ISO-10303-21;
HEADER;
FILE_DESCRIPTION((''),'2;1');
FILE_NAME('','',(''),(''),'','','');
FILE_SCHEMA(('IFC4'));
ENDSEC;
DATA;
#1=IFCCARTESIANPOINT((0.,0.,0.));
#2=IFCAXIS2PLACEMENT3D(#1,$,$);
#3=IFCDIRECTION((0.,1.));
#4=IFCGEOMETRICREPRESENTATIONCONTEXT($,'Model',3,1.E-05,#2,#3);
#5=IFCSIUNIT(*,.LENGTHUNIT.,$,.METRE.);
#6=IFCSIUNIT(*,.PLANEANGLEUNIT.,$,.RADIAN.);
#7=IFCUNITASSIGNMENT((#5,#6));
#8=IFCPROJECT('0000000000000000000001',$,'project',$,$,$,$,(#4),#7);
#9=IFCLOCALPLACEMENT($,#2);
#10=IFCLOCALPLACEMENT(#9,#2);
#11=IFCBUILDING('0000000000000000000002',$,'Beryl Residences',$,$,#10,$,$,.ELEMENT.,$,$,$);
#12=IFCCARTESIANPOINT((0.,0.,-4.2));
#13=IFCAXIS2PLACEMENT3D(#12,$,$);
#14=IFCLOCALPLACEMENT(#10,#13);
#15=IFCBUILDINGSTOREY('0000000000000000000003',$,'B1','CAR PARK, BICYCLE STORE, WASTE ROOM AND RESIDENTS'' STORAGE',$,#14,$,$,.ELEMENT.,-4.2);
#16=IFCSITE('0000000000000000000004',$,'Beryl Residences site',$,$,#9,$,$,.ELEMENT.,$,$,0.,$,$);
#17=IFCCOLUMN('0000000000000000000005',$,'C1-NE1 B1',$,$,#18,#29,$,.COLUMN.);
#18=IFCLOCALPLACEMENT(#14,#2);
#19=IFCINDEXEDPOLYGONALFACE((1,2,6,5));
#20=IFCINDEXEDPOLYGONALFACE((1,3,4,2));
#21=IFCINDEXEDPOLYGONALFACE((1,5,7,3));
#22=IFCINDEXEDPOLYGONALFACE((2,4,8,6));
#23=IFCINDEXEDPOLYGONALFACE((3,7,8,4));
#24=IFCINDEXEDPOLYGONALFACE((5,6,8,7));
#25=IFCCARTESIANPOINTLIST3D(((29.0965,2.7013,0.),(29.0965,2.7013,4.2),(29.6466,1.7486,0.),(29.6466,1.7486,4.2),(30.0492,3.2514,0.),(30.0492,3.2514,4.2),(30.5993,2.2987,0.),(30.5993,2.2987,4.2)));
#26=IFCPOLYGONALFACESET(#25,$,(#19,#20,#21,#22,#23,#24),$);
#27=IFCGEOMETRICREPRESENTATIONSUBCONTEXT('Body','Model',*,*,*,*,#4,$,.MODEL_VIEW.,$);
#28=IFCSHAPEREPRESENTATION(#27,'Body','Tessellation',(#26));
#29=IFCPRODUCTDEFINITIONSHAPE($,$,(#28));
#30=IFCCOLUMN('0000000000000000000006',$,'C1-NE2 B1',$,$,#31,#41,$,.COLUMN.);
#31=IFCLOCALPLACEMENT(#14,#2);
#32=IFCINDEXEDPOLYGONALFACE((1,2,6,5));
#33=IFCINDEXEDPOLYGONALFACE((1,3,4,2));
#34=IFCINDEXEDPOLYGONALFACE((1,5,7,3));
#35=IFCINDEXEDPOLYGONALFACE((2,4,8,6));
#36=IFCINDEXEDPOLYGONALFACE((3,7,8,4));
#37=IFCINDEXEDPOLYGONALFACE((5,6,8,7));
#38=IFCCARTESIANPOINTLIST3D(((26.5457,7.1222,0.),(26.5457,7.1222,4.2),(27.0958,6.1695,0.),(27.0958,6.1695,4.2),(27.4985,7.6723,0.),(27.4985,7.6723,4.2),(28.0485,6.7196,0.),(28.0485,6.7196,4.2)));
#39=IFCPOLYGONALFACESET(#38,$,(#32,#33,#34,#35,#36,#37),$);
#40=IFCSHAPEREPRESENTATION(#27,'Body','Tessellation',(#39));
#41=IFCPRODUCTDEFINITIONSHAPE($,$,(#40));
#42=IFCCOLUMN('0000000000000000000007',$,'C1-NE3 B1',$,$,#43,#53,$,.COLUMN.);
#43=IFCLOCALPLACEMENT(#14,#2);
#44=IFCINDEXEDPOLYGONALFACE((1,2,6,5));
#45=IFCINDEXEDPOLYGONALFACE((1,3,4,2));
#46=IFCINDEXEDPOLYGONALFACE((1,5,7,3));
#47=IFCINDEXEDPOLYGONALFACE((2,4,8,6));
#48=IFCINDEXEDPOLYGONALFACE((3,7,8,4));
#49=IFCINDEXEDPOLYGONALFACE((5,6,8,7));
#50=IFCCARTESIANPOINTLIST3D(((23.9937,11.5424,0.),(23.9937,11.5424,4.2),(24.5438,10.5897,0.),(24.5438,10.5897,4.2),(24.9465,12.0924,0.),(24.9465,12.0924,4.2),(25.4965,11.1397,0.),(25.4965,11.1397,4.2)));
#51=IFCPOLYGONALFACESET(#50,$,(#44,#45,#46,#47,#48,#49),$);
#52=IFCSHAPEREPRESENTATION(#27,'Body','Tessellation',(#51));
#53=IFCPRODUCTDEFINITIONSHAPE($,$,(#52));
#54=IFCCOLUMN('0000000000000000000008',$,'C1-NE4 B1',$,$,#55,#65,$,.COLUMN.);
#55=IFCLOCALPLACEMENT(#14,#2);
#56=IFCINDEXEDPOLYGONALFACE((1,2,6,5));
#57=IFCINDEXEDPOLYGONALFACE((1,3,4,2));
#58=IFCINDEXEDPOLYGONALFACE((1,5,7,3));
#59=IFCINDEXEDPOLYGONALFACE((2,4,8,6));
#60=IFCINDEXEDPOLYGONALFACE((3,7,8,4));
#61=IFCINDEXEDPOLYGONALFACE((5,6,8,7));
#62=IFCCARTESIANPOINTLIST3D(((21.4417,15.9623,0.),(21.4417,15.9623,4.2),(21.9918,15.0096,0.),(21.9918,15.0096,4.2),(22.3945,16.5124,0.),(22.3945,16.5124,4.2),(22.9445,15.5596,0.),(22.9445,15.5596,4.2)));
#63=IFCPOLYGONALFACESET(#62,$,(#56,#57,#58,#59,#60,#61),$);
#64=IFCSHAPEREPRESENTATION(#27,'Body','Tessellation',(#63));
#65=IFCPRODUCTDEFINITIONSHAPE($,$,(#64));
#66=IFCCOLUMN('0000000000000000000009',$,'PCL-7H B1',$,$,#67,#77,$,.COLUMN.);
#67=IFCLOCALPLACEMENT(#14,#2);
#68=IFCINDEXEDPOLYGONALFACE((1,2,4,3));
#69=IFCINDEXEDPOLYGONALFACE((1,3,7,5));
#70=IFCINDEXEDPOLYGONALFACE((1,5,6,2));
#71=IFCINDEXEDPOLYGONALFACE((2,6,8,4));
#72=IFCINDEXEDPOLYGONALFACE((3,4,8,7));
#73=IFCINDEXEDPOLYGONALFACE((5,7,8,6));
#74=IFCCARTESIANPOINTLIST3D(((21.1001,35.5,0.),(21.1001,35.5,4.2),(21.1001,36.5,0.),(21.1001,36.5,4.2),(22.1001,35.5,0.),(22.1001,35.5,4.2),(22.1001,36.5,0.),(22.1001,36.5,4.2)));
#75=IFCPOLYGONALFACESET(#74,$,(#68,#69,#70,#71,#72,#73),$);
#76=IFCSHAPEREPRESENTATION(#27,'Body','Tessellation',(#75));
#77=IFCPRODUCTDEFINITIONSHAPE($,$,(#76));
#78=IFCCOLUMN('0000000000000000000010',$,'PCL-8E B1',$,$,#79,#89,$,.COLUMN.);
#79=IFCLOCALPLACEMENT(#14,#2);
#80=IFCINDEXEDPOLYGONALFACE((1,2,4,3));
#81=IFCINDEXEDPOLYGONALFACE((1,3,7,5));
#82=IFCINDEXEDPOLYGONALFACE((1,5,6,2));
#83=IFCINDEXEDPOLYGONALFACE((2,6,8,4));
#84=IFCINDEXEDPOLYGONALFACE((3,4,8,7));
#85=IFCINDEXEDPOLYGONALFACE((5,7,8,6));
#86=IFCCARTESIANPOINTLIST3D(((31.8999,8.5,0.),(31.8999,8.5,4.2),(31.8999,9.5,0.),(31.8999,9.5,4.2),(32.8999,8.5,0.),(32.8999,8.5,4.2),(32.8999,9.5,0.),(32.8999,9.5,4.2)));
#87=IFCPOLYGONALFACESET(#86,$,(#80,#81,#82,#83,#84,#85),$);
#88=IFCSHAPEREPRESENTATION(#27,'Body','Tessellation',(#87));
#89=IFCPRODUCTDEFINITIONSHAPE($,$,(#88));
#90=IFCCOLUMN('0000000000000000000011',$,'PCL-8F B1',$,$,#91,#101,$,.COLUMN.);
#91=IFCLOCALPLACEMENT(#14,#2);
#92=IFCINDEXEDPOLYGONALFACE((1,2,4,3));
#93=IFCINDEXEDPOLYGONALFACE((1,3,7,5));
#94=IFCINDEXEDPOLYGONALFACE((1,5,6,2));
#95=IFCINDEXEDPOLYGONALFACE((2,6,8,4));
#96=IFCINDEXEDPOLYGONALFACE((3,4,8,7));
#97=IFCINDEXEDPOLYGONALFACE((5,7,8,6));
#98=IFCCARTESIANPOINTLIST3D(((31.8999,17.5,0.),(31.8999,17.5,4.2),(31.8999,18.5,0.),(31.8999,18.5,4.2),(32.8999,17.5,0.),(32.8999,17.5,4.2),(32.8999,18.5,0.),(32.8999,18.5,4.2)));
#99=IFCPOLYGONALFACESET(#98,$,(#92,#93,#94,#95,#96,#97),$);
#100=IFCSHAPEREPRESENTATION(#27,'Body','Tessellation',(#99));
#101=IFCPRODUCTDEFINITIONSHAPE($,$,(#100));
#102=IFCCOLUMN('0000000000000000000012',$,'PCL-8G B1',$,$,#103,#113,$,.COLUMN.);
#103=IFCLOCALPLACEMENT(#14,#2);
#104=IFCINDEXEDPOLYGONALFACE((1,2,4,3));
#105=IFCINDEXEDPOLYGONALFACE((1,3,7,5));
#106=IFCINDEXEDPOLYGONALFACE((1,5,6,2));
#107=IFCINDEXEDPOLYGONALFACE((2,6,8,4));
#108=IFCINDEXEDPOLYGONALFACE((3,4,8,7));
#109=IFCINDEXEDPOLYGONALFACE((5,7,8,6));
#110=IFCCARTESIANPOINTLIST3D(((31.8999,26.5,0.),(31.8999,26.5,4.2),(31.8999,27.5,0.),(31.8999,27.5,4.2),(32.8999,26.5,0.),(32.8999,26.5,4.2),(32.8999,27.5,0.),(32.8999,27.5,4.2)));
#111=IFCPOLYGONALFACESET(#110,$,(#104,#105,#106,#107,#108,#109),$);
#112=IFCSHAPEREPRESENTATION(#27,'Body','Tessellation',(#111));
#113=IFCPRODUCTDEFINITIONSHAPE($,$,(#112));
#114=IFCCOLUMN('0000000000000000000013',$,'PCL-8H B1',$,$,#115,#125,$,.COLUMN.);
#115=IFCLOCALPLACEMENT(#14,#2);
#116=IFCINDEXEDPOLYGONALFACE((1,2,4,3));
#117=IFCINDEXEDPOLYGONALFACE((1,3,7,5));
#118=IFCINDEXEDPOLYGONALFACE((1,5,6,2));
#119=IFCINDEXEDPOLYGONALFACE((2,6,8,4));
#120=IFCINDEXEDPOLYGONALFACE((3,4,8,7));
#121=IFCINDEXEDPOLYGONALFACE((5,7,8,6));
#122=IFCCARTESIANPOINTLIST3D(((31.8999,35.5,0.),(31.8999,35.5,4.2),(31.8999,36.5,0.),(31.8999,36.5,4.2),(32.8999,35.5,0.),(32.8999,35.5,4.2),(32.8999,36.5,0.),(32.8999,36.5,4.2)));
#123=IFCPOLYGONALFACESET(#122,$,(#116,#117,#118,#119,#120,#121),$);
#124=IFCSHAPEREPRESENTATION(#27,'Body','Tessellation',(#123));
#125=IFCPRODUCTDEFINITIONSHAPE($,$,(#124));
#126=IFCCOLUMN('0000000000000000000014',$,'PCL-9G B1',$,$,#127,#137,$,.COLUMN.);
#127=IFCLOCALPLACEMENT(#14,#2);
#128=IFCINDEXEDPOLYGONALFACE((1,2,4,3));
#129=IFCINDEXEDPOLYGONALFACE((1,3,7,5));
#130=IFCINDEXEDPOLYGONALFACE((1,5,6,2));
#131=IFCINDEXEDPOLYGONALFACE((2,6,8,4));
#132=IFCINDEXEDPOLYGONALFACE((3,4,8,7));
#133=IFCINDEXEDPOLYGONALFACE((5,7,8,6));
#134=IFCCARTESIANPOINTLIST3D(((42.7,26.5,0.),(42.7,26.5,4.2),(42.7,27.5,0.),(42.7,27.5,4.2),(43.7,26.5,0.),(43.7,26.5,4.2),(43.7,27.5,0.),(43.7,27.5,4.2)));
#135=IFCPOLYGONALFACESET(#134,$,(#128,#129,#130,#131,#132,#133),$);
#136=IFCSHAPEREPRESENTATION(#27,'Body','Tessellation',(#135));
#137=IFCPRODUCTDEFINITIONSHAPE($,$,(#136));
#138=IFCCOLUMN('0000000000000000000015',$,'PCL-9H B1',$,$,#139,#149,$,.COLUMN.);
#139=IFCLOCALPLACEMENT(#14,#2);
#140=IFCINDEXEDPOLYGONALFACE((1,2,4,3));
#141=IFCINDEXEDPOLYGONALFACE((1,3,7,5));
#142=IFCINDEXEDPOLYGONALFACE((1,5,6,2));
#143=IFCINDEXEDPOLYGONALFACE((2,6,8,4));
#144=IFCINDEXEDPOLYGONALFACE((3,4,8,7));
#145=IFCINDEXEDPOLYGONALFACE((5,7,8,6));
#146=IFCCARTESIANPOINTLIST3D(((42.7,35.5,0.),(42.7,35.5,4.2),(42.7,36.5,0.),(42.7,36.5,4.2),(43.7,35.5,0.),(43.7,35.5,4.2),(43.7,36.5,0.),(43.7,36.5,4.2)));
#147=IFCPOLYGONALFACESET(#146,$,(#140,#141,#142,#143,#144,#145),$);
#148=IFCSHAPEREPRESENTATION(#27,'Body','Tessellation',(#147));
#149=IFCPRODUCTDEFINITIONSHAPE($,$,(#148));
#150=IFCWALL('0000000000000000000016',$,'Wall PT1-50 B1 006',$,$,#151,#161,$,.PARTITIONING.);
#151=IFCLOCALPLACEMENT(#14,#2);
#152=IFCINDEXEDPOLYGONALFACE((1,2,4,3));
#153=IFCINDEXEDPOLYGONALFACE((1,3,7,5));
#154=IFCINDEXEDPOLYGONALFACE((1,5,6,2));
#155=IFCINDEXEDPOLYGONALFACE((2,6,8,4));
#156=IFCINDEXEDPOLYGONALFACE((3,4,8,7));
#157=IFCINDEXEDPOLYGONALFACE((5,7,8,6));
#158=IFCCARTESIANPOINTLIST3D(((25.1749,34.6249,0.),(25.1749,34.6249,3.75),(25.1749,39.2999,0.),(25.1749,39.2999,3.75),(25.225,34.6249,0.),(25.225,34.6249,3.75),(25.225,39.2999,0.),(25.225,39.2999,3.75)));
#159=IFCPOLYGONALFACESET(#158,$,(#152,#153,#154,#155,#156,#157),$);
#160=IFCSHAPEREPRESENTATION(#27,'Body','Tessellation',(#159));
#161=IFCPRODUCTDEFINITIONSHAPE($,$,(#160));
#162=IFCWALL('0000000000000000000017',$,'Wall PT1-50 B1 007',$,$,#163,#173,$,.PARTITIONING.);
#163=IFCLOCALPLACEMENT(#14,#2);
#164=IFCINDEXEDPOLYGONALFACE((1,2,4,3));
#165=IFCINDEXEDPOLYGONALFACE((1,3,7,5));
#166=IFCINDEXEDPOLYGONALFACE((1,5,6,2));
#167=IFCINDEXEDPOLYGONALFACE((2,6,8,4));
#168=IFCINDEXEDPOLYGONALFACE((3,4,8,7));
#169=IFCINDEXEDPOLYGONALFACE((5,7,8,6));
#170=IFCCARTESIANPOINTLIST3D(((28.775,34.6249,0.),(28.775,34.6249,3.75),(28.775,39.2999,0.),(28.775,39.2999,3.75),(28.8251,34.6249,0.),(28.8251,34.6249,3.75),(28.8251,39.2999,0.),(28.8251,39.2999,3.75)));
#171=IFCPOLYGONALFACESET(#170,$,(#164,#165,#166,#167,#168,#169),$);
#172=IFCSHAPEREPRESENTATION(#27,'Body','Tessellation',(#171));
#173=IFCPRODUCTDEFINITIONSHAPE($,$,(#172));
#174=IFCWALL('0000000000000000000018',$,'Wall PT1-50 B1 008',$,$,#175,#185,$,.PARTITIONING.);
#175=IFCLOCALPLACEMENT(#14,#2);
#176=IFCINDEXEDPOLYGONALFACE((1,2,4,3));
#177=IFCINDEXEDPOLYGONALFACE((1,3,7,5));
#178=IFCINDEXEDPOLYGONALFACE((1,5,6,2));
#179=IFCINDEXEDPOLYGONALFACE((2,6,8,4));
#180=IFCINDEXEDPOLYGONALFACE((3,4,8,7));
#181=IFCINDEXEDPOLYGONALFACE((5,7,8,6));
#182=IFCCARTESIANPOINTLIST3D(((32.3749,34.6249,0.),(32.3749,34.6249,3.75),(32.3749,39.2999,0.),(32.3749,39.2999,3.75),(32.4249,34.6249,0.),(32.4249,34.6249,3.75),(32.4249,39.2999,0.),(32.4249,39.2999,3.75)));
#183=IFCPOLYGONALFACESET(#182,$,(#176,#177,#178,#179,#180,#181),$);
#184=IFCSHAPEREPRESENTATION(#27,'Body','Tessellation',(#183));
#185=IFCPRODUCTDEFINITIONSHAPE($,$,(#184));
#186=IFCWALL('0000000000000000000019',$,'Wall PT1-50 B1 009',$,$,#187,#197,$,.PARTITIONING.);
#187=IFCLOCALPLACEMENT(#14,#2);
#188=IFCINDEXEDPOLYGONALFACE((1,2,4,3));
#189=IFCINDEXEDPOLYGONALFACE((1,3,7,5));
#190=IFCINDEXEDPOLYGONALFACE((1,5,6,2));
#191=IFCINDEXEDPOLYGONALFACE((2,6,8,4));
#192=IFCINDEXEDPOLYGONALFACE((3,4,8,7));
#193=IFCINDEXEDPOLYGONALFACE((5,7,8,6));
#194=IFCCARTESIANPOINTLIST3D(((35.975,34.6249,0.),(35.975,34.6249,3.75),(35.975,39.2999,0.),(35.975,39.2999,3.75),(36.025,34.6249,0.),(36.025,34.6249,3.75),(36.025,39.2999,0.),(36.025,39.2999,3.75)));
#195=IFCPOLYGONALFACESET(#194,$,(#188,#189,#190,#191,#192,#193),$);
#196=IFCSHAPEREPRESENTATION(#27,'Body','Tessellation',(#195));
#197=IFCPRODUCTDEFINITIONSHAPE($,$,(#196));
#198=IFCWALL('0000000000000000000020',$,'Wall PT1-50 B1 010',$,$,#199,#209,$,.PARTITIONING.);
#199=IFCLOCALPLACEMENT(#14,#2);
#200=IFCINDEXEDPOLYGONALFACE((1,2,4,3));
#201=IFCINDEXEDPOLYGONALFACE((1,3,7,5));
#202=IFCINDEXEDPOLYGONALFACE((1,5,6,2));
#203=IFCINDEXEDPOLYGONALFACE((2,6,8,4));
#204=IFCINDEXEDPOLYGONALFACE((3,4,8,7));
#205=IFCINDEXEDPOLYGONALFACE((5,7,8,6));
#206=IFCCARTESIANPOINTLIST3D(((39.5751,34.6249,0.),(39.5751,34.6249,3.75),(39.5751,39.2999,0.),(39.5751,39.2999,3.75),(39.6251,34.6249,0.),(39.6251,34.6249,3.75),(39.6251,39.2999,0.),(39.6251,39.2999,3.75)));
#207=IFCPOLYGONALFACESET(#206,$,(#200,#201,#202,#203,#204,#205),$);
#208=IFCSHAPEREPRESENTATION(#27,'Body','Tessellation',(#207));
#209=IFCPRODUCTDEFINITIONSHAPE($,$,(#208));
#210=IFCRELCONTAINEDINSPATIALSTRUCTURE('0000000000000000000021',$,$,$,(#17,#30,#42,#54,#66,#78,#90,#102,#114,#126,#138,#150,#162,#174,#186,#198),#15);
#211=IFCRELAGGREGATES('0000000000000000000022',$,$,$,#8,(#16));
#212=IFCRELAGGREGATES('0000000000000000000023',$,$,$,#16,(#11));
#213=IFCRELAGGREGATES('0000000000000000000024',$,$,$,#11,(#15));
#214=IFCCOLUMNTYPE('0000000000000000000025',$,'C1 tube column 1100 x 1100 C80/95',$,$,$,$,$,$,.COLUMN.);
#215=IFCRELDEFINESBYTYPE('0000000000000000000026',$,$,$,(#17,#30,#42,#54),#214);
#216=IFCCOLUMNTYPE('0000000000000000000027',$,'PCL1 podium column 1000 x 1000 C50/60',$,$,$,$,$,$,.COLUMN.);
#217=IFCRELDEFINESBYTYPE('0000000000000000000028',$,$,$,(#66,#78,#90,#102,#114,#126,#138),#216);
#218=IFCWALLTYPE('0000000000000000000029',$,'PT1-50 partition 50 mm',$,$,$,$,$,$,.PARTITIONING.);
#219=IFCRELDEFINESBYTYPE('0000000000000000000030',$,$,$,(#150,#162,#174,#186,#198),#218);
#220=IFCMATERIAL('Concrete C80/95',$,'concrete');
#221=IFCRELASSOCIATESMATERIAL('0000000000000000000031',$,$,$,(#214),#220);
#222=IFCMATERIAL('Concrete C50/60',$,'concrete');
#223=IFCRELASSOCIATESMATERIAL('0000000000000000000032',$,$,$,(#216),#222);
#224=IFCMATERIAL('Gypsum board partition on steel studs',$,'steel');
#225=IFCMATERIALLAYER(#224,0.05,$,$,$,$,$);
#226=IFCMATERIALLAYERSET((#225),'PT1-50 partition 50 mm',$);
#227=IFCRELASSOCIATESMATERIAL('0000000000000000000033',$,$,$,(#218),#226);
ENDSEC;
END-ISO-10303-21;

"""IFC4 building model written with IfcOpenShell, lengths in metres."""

from ifc_helpers import new_model, si_unit, direction, frame, frame_2d, origin, origin_2d, place, context, subcontext, project, spatial, rectangle, extrude, material, layer, layer_set, material_profile, profile_set, type_object, element, save


model = new_model("IFC4")

# Units and contexts
model_context = context("Model", 3, precision=1e-05, world=origin(), true_north=direction((0.0, 1.0)))
body_context = subcontext(model_context, "Body", "Model", "MODEL_VIEW")
ifc_project = project(units=[si_unit("LENGTHUNIT", "METRE"), si_unit("PLANEANGLEUNIT", "RADIAN")], contexts=[model_context])

# Site, building, storey
site_placement = place(None, origin())
site = spatial("IfcSite", under=ifc_project, at=site_placement, Name="Beryl Residences site", CompositionType="ELEMENT", RefElevation=0.0)
building_placement = place(site_placement, origin())
building = spatial("IfcBuilding", under=site, at=building_placement, Name="Beryl Residences", CompositionType="ELEMENT")
storey_placement = place(building_placement, frame((0.0, 0.0, -4.2)))
storey = spatial("IfcBuildingStorey", under=building, at=storey_placement, Name="B1", Description="CAR PARK, BICYCLE STORE, WASTE ROOM AND RESIDENTS' STORAGE", CompositionType="ELEMENT", Elevation=-4.2)

# Columns
ifc_material_1 = material(Name="Concrete C80/95", Category="concrete")
ifc_material_profile_1 = material_profile(ifc_material_1, rectangle(XDim=1.1001, YDim=1.1001, at=origin_2d()))
ifc_profile_set_1 = profile_set([ifc_material_profile_1], Name="Concrete C80/95")
column_type_1 = type_object("IfcColumnType", Name="C1 tube column 1100 x 1100 C80/95", PredefinedType="COLUMN", material=ifc_profile_set_1)
for number, where, z_axis, x_axis, name in (
    (1, (29.8479, 2.5, 0.0), (0.0, 0.0, 1.0), (-0.499985, 0.866034, 0.0), "C1-NE1 B1"),
    (2, (27.2971, 6.9209, 0.0), (0.0, 0.0, 1.0), (-0.499985, 0.866034, 0.0), "C1-NE2 B1"),
    (3, (24.7451, 11.3411, 0.0), (0.0, 0.0, 1.0), (-0.499985, 0.866034, 0.0), "C1-NE3 B1"),
    (4, (22.1931, 15.761, 0.0), (0.0, 0.0, 1.0), (-0.499985, 0.866034, 0.0), "C1-NE4 B1"),
):
    element("IfcColumn", number, at=place(storey_placement, frame(where, z_axis=z_axis, x_axis=x_axis)), inside=storey, type_object=column_type_1, Name=name, PredefinedType="COLUMN", context=body_context, shape_type="SweptSolid", body=[
        extrude(rectangle(XDim=1.1001, YDim=1.1001, at=origin_2d()), origin(), (0.0, 0.0, 1.0), 4.2),
    ])
ifc_material_2 = material(Name="Concrete C50/60", Category="concrete")
ifc_material_profile_2 = material_profile(ifc_material_2, rectangle(XDim=1.0, YDim=1.0, at=origin_2d()))
ifc_profile_set_2 = profile_set([ifc_material_profile_2], Name="Concrete C50/60")
column_type_2 = type_object("IfcColumnType", Name="PCL1 podium column 1000 x 1000 C50/60", PredefinedType="COLUMN", material=ifc_profile_set_2)
for number, where, z_axis, x_axis, name in (
    (5, (21.6001, 36.0, 0.0), (0.0, 0.0, 1.0), (1.0, 0.0, 0.0), "PCL-7H B1"),
    (6, (32.3999, 9.0, 0.0), (0.0, 0.0, 1.0), (1.0, 0.0, 0.0), "PCL-8E B1"),
    (7, (32.3999, 18.0, 0.0), (0.0, 0.0, 1.0), (1.0, 0.0, 0.0), "PCL-8F B1"),
    (8, (32.3999, 27.0, 0.0), (0.0, 0.0, 1.0), (1.0, 0.0, 0.0), "PCL-8G B1"),
    (9, (32.3999, 36.0, 0.0), (0.0, 0.0, 1.0), (1.0, 0.0, 0.0), "PCL-8H B1"),
    (10, (43.2, 27.0, 0.0), (0.0, 0.0, 1.0), (1.0, 0.0, 0.0), "PCL-9G B1"),
    (11, (43.2, 36.0, 0.0), (0.0, 0.0, 1.0), (1.0, 0.0, 0.0), "PCL-9H B1"),
):
    element("IfcColumn", number, at=place(storey_placement, frame(where, z_axis=z_axis, x_axis=x_axis)), inside=storey, type_object=column_type_2, Name=name, PredefinedType="COLUMN", context=body_context, shape_type="SweptSolid", body=[
        extrude(rectangle(XDim=1.0, YDim=1.0, at=origin_2d()), origin(), (0.0, 0.0, 1.0), 4.2),
    ])

# Walls
ifc_material_3 = material(Name="Gypsum board partition on steel studs", Category="steel")
ifc_layer_1 = layer(ifc_material_3, 0.05)
ifc_layer_set_1 = layer_set([ifc_layer_1], Name="PT1-50 partition 50 mm")
wall_type_1 = type_object("IfcWallType", Name="PT1-50 partition 50 mm", PredefinedType="PARTITIONING", material=ifc_layer_set_1)
for number, where, z_axis, x_axis, name in (
    (12, (25.2, 34.625, 0.0), (0.0, 0.0, 1.0), (0.0, 1.0, 0.0), "Wall PT1-50 B1 006"),
    (13, (28.8, 34.625, 0.0), (0.0, 0.0, 1.0), (0.0, 1.0, 0.0), "Wall PT1-50 B1 007"),
    (14, (32.3999, 34.625, 0.0), (0.0, 0.0, 1.0), (0.0, 1.0, 0.0), "Wall PT1-50 B1 008"),
    (15, (36.0, 34.625, 0.0), (0.0, 0.0, 1.0), (0.0, 1.0, 0.0), "Wall PT1-50 B1 009"),
    (16, (39.6001, 34.625, 0.0), (0.0, 0.0, 1.0), (0.0, 1.0, 0.0), "Wall PT1-50 B1 010"),
):
    element("IfcWall", number, at=place(storey_placement, frame(where, z_axis=z_axis, x_axis=x_axis)), inside=storey, type_object=wall_type_1, Name=name, PredefinedType="PARTITIONING", context=body_context, shape_type="SweptSolid", body=[
        extrude(rectangle(XDim=4.675, YDim=0.05, at=frame_2d((2.3374, 0.0))), origin(), (0.0, 0.0, 1.0), 3.75),
    ])

save(model, "model.ifc")
